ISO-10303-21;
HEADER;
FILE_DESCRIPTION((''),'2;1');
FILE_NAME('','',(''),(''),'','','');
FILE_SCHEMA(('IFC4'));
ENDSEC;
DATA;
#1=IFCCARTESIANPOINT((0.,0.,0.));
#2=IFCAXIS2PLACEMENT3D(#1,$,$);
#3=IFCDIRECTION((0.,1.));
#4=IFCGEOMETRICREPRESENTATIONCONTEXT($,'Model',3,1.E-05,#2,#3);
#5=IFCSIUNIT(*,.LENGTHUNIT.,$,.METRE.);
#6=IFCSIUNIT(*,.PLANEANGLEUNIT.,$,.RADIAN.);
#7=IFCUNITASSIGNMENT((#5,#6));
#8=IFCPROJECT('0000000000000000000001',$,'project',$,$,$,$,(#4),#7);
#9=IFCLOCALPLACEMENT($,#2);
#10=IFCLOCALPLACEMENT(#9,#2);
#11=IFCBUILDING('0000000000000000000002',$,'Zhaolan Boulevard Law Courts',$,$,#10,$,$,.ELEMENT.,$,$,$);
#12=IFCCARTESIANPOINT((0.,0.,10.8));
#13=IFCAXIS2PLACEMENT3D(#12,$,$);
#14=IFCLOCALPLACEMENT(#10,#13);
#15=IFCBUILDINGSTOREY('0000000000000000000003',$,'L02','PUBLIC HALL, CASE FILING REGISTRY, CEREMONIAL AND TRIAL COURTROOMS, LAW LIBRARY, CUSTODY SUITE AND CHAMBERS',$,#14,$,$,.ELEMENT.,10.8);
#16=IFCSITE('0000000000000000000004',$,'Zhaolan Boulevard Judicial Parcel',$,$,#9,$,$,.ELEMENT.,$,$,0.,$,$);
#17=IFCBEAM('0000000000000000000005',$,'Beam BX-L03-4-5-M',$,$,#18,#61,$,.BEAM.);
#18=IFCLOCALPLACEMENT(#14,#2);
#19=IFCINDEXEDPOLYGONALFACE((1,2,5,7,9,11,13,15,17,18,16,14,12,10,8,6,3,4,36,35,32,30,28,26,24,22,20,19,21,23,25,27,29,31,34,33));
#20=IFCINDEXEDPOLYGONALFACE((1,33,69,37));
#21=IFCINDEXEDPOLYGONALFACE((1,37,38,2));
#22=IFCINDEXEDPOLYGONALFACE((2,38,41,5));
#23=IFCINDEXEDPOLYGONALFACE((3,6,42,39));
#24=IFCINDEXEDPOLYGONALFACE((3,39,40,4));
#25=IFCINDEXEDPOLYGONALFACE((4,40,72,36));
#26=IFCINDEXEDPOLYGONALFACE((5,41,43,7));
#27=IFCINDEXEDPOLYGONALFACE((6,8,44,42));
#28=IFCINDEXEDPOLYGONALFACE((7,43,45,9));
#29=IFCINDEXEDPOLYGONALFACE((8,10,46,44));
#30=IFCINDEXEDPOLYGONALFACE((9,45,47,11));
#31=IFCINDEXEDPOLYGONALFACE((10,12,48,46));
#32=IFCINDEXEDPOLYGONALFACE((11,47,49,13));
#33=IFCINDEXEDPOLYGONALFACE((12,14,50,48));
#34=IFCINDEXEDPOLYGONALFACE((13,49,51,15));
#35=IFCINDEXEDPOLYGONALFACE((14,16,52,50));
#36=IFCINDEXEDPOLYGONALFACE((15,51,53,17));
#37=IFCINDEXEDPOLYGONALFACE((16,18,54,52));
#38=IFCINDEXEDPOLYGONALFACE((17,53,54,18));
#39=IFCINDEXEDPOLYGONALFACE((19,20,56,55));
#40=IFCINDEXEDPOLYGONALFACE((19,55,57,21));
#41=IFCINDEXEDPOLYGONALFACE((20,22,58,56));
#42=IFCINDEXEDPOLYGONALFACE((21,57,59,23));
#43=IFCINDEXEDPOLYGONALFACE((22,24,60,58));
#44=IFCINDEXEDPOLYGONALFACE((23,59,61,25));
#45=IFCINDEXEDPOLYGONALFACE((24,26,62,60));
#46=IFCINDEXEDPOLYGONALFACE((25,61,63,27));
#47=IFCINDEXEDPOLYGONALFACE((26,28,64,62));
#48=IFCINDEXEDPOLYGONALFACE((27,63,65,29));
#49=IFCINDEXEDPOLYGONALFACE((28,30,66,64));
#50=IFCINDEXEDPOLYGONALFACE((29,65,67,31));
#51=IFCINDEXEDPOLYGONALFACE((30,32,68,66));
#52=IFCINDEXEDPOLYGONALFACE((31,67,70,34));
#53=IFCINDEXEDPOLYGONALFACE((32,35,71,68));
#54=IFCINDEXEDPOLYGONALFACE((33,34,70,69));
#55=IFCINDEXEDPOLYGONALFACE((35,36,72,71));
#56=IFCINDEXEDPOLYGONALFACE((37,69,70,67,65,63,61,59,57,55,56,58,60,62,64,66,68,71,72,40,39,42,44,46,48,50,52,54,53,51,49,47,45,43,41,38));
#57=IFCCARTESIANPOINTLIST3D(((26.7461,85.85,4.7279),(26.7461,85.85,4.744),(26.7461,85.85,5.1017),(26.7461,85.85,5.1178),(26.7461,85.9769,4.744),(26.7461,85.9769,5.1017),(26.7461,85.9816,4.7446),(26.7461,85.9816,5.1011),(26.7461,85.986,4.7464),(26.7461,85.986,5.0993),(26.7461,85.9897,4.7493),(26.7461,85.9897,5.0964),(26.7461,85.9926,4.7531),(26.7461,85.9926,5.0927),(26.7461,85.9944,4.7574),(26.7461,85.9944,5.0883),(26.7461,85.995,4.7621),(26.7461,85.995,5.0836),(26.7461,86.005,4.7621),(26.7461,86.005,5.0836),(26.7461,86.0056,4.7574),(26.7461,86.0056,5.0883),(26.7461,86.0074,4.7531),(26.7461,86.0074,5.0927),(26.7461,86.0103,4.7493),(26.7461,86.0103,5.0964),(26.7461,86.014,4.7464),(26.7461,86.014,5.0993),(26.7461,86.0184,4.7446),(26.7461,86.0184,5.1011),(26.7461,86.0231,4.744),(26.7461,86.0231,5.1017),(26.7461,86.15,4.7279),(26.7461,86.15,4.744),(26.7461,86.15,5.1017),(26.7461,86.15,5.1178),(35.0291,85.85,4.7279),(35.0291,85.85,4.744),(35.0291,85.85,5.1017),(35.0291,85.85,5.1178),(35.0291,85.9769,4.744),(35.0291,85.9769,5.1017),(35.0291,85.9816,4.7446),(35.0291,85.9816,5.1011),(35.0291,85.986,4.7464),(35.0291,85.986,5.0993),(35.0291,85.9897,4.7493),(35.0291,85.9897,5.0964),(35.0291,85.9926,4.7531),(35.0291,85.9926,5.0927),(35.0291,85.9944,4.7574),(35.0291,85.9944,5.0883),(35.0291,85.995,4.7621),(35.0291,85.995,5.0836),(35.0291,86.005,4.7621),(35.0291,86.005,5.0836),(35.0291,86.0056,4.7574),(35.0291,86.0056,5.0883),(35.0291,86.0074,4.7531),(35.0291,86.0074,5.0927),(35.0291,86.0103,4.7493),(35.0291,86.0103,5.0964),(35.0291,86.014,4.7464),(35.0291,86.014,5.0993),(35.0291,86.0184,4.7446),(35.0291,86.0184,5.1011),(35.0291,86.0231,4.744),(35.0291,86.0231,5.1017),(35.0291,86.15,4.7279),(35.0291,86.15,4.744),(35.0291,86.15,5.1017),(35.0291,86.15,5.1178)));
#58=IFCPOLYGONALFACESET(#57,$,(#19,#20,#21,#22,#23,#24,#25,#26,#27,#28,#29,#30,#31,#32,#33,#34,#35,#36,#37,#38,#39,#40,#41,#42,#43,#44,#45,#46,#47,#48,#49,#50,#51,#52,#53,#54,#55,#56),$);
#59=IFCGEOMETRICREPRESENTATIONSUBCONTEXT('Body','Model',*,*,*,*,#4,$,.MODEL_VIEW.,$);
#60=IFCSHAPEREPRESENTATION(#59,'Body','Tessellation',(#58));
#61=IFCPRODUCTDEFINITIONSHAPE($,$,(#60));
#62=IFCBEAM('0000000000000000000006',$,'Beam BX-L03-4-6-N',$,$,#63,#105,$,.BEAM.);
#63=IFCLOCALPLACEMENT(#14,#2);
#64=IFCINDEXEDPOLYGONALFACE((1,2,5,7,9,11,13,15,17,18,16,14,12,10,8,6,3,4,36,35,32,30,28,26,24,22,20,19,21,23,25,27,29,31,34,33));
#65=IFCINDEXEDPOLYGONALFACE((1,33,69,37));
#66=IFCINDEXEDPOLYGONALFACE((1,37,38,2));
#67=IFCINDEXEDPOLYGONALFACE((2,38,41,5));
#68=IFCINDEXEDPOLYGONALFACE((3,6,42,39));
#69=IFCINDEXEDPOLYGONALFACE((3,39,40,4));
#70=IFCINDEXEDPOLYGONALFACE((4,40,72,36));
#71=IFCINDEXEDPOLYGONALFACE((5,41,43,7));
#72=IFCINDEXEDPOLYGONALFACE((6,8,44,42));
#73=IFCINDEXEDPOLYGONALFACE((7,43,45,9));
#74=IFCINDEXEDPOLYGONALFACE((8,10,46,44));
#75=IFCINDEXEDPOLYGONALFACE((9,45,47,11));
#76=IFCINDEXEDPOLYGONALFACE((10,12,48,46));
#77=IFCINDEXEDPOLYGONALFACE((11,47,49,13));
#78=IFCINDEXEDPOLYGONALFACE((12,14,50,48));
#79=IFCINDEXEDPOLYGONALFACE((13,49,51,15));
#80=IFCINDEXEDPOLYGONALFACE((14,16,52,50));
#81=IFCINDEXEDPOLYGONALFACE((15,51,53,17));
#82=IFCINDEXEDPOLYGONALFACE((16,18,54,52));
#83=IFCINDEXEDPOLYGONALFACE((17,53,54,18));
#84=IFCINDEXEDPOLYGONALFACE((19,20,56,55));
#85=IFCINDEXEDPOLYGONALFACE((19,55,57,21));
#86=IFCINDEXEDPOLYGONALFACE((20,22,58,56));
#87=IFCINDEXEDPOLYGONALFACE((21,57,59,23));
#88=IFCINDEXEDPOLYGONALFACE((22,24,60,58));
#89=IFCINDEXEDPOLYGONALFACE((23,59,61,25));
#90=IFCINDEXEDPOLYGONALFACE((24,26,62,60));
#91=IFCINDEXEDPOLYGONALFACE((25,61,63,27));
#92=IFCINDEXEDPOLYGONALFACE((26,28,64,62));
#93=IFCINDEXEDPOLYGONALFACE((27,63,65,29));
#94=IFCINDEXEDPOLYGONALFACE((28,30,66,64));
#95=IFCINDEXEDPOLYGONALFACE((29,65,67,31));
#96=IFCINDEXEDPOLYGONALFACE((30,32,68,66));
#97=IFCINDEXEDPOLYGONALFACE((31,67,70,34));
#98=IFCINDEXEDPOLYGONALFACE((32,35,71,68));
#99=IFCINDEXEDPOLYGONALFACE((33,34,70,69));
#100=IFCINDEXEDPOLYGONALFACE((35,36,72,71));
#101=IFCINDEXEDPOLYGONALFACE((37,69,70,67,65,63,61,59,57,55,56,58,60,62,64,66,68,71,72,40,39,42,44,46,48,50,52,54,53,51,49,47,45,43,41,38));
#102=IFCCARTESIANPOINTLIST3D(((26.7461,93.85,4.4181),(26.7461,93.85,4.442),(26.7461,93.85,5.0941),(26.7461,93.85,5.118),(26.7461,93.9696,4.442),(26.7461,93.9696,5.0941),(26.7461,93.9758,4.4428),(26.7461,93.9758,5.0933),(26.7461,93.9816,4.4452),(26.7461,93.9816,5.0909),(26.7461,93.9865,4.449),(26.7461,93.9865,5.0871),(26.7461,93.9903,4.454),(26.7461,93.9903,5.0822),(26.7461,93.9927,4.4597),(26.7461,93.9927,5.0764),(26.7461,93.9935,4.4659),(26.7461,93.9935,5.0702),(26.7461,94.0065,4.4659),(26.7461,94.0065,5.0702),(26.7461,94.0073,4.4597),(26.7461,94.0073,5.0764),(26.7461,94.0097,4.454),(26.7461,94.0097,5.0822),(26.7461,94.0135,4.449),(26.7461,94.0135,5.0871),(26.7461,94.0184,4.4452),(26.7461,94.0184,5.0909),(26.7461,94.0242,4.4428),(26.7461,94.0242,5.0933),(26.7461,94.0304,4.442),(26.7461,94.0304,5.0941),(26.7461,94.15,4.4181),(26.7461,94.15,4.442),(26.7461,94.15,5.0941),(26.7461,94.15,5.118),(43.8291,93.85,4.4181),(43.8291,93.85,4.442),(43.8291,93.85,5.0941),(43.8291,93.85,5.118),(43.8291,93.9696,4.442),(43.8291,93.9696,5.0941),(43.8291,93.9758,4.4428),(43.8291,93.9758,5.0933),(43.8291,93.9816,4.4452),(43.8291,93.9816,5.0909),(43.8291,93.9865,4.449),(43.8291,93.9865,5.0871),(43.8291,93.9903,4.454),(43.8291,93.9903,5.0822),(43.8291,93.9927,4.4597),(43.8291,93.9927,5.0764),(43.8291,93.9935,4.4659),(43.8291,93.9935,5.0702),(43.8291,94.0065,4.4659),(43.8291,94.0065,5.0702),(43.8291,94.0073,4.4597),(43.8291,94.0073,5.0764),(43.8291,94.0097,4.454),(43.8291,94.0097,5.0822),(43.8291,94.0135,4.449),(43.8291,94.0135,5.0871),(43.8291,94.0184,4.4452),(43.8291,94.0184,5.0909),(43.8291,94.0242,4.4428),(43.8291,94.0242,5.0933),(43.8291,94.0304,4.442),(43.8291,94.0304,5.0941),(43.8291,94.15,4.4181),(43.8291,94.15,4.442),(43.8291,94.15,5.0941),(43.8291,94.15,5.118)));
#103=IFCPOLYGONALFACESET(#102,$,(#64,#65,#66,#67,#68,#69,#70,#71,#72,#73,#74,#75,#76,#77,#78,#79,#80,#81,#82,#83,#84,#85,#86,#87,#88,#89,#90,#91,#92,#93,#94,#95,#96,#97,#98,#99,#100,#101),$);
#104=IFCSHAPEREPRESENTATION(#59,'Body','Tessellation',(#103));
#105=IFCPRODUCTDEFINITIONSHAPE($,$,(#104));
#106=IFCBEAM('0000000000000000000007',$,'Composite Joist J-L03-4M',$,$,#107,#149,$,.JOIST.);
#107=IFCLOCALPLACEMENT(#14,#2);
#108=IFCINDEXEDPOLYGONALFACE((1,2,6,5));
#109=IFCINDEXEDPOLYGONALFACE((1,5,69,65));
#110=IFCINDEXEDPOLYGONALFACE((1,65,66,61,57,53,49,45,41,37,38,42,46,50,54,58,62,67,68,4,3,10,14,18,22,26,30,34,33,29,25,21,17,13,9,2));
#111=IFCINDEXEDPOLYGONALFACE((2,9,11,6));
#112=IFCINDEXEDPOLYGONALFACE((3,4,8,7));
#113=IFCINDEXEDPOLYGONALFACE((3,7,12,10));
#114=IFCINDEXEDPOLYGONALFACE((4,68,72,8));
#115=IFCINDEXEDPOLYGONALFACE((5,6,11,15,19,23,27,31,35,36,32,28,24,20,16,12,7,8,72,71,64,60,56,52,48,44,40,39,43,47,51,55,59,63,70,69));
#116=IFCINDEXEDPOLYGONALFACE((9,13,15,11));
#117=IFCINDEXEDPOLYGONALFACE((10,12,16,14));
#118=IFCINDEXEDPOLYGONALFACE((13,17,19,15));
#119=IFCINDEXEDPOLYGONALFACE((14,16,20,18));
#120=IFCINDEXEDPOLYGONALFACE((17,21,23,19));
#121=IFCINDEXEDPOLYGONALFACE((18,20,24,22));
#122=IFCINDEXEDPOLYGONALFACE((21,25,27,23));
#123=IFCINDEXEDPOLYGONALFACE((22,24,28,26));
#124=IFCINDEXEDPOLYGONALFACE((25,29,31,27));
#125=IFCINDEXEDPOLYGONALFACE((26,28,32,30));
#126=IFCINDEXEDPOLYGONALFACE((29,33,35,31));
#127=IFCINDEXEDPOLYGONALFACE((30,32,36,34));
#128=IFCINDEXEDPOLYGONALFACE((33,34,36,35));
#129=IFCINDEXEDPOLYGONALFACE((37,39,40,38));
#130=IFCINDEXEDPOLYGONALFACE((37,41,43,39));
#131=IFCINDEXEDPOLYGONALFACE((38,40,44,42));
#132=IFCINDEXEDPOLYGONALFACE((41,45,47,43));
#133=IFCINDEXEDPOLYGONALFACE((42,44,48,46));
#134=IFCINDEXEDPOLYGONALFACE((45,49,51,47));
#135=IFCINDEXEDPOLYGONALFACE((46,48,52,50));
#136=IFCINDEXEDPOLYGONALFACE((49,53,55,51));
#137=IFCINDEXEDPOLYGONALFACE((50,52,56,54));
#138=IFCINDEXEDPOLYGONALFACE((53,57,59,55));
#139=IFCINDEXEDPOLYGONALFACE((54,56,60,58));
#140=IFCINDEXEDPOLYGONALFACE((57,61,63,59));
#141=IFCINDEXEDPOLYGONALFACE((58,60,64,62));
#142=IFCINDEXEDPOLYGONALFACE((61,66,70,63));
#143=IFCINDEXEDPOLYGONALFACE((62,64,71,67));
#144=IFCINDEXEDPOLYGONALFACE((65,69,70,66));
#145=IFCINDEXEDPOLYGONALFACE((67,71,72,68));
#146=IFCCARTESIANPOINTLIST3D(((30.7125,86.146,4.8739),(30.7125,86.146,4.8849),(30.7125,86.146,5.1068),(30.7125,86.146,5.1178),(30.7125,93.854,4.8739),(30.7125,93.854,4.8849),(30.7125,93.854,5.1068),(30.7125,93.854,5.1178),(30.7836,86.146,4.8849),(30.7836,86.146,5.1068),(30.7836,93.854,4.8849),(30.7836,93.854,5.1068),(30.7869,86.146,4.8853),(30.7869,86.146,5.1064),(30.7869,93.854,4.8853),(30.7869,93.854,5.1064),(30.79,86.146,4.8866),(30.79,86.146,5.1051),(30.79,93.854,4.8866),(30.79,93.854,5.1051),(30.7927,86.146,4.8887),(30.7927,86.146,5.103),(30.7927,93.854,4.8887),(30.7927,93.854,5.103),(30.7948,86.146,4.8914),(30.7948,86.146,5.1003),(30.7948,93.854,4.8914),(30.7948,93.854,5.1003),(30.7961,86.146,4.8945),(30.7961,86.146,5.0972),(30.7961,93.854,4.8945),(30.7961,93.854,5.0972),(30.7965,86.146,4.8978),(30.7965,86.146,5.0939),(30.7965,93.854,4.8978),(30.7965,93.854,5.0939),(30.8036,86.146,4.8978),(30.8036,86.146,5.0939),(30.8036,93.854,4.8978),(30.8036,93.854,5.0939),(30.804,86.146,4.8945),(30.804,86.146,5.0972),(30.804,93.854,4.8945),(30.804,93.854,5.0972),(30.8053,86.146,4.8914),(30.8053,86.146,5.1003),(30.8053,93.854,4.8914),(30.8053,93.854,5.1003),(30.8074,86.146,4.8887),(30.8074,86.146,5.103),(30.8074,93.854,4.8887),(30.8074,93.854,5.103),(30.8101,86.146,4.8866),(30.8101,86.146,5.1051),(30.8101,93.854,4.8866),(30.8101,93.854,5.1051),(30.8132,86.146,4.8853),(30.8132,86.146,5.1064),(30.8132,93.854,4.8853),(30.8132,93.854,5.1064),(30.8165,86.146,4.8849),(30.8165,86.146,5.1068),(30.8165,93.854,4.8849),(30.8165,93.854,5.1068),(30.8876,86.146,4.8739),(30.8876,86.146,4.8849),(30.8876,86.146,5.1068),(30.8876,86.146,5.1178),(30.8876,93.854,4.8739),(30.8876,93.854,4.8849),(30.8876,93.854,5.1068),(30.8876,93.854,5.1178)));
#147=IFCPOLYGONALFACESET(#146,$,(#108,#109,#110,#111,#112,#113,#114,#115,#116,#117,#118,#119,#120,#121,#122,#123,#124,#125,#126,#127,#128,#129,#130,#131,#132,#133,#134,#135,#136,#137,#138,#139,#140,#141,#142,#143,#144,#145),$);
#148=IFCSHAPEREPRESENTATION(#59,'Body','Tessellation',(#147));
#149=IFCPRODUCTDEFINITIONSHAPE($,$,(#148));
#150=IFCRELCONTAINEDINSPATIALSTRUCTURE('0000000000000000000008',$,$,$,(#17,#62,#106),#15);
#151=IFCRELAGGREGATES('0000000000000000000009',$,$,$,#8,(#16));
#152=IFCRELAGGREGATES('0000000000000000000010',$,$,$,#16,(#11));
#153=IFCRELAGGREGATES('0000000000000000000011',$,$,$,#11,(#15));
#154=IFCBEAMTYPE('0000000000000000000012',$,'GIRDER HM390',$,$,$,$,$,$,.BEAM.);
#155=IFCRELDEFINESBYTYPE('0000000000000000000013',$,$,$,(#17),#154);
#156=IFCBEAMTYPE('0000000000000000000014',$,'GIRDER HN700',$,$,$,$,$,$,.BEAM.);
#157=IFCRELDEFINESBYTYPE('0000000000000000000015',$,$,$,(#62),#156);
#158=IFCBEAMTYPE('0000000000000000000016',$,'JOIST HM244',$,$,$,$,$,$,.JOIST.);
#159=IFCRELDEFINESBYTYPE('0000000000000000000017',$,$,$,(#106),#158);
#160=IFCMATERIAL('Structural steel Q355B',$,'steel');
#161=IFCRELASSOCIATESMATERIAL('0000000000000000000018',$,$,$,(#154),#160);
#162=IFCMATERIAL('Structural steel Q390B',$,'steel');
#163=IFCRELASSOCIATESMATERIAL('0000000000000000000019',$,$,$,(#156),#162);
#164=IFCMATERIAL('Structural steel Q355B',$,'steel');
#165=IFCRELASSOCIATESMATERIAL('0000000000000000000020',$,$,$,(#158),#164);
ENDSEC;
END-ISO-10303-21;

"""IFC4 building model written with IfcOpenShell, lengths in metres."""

from ifc_helpers import new_model, si_unit, direction, frame, origin, origin_2d, place, context, subcontext, project, spatial, i_section, extrude, material, material_profile, profile_set, type_object, element, save


model = new_model("IFC4")

# Units and contexts
model_context = context("Model", 3, precision=1e-05, world=origin(), true_north=direction((0.0, 1.0)))
body_context = subcontext(model_context, "Body", "Model", "MODEL_VIEW")
ifc_project = project(units=[si_unit("LENGTHUNIT", "METRE"), si_unit("PLANEANGLEUNIT", "RADIAN")], contexts=[model_context])

# Site, building, storey
site_placement = place(None, origin())
site = spatial("IfcSite", under=ifc_project, at=site_placement, Name="Zhaolan Boulevard Judicial Parcel", CompositionType="ELEMENT", RefElevation=0.0)
building_placement = place(site_placement, origin())
building = spatial("IfcBuilding", under=site, at=building_placement, Name="Zhaolan Boulevard Law Courts", CompositionType="ELEMENT")
storey_placement = place(building_placement, frame((0.0, 0.0, 10.8)))
storey = spatial("IfcBuildingStorey", under=building, at=storey_placement, Name="L02", Description="PUBLIC HALL, CASE FILING REGISTRY, CEREMONIAL AND TRIAL COURTROOMS, LAW LIBRARY, CUSTODY SUITE AND CHAMBERS", CompositionType="ELEMENT", Elevation=10.8)

# Beams
ifc_material_1 = material(Name="Structural steel Q355B", Category="steel")
ifc_material_profile_1 = material_profile(ifc_material_1, i_section(OverallWidth=0.3, OverallDepth=0.3899, WebThickness=0.01, FlangeThickness=0.0161, FilletRadius=0.0181, at=origin_2d()), Name="HM390x300")
ifc_profile_set_1 = profile_set([ifc_material_profile_1], Name="Structural steel Q355B")
beam_type_1 = type_object("IfcBeamType", Name="GIRDER HM390", PredefinedType="BEAM", material=ifc_profile_set_1)
beam_1_placement = place(storey_placement, frame((26.7461, 86.0, 4.9229), z_axis=(1.0, 0.0, 0.0), x_axis=(0.0, 1.0, 0.0)))
element("IfcBeam", 1, at=beam_1_placement, inside=storey, type_object=beam_type_1, Name="Beam BX-L03-4-5-M", PredefinedType="BEAM", context=body_context, shape_type="SweptSolid", body=[
    extrude(i_section(OverallWidth=0.3, OverallDepth=0.3899, WebThickness=0.01, FlangeThickness=0.0161, FilletRadius=0.0181, at=origin_2d()), origin(), (0.0, 0.0, 1.0), 8.283),
])
ifc_material_2 = material(Name="Structural steel Q390B", Category="steel")
ifc_material_profile_2 = material_profile(ifc_material_2, i_section(OverallWidth=0.3, OverallDepth=0.7, WebThickness=0.0129, FlangeThickness=0.0239, FilletRadius=0.0239, at=origin_2d()), Name="HN700x300")
ifc_profile_set_2 = profile_set([ifc_material_profile_2], Name="Structural steel Q390B")
beam_type_2 = type_object("IfcBeamType", Name="GIRDER HN700", PredefinedType="BEAM", material=ifc_profile_set_2)
beam_2_placement = place(storey_placement, frame((26.7461, 94.0, 4.7681), z_axis=(1.0, 0.0, 0.0), x_axis=(0.0, 1.0, 0.0)))
element("IfcBeam", 2, at=beam_2_placement, inside=storey, type_object=beam_type_2, Name="Beam BX-L03-4-6-N", PredefinedType="BEAM", context=body_context, shape_type="SweptSolid", body=[
    extrude(i_section(OverallWidth=0.3, OverallDepth=0.7, WebThickness=0.0129, FlangeThickness=0.0239, FilletRadius=0.0239, at=origin_2d()), origin(), (0.0, 0.0, 1.0), 17.083),
])
ifc_material_3 = material(Name="Structural steel Q355B", Category="steel")
ifc_material_profile_3 = material_profile(ifc_material_3, i_section(OverallWidth=0.175, OverallDepth=0.2439, WebThickness=0.0071, FlangeThickness=0.011, FilletRadius=0.0129, at=origin_2d()), Name="HM244x175")
ifc_profile_set_3 = profile_set([ifc_material_profile_3], Name="Structural steel Q355B")
beam_type_3 = type_object("IfcBeamType", Name="JOIST HM244", PredefinedType="JOIST", material=ifc_profile_set_3)
beam_3_placement = place(storey_placement, frame((30.8, 86.146, 4.9958), z_axis=(0.0, 1.0, 0.0), x_axis=(-1.0, 0.0, 0.0)))
element("IfcBeam", 3, at=beam_3_placement, inside=storey, type_object=beam_type_3, Name="Composite Joist J-L03-4M", PredefinedType="JOIST", context=body_context, shape_type="SweptSolid", body=[
    extrude(i_section(OverallWidth=0.175, OverallDepth=0.2439, WebThickness=0.0071, FlangeThickness=0.011, FilletRadius=0.0129, at=origin_2d()), origin(), (0.0, 0.0, 1.0), 7.708),
])

save(model, "model.ifc")
